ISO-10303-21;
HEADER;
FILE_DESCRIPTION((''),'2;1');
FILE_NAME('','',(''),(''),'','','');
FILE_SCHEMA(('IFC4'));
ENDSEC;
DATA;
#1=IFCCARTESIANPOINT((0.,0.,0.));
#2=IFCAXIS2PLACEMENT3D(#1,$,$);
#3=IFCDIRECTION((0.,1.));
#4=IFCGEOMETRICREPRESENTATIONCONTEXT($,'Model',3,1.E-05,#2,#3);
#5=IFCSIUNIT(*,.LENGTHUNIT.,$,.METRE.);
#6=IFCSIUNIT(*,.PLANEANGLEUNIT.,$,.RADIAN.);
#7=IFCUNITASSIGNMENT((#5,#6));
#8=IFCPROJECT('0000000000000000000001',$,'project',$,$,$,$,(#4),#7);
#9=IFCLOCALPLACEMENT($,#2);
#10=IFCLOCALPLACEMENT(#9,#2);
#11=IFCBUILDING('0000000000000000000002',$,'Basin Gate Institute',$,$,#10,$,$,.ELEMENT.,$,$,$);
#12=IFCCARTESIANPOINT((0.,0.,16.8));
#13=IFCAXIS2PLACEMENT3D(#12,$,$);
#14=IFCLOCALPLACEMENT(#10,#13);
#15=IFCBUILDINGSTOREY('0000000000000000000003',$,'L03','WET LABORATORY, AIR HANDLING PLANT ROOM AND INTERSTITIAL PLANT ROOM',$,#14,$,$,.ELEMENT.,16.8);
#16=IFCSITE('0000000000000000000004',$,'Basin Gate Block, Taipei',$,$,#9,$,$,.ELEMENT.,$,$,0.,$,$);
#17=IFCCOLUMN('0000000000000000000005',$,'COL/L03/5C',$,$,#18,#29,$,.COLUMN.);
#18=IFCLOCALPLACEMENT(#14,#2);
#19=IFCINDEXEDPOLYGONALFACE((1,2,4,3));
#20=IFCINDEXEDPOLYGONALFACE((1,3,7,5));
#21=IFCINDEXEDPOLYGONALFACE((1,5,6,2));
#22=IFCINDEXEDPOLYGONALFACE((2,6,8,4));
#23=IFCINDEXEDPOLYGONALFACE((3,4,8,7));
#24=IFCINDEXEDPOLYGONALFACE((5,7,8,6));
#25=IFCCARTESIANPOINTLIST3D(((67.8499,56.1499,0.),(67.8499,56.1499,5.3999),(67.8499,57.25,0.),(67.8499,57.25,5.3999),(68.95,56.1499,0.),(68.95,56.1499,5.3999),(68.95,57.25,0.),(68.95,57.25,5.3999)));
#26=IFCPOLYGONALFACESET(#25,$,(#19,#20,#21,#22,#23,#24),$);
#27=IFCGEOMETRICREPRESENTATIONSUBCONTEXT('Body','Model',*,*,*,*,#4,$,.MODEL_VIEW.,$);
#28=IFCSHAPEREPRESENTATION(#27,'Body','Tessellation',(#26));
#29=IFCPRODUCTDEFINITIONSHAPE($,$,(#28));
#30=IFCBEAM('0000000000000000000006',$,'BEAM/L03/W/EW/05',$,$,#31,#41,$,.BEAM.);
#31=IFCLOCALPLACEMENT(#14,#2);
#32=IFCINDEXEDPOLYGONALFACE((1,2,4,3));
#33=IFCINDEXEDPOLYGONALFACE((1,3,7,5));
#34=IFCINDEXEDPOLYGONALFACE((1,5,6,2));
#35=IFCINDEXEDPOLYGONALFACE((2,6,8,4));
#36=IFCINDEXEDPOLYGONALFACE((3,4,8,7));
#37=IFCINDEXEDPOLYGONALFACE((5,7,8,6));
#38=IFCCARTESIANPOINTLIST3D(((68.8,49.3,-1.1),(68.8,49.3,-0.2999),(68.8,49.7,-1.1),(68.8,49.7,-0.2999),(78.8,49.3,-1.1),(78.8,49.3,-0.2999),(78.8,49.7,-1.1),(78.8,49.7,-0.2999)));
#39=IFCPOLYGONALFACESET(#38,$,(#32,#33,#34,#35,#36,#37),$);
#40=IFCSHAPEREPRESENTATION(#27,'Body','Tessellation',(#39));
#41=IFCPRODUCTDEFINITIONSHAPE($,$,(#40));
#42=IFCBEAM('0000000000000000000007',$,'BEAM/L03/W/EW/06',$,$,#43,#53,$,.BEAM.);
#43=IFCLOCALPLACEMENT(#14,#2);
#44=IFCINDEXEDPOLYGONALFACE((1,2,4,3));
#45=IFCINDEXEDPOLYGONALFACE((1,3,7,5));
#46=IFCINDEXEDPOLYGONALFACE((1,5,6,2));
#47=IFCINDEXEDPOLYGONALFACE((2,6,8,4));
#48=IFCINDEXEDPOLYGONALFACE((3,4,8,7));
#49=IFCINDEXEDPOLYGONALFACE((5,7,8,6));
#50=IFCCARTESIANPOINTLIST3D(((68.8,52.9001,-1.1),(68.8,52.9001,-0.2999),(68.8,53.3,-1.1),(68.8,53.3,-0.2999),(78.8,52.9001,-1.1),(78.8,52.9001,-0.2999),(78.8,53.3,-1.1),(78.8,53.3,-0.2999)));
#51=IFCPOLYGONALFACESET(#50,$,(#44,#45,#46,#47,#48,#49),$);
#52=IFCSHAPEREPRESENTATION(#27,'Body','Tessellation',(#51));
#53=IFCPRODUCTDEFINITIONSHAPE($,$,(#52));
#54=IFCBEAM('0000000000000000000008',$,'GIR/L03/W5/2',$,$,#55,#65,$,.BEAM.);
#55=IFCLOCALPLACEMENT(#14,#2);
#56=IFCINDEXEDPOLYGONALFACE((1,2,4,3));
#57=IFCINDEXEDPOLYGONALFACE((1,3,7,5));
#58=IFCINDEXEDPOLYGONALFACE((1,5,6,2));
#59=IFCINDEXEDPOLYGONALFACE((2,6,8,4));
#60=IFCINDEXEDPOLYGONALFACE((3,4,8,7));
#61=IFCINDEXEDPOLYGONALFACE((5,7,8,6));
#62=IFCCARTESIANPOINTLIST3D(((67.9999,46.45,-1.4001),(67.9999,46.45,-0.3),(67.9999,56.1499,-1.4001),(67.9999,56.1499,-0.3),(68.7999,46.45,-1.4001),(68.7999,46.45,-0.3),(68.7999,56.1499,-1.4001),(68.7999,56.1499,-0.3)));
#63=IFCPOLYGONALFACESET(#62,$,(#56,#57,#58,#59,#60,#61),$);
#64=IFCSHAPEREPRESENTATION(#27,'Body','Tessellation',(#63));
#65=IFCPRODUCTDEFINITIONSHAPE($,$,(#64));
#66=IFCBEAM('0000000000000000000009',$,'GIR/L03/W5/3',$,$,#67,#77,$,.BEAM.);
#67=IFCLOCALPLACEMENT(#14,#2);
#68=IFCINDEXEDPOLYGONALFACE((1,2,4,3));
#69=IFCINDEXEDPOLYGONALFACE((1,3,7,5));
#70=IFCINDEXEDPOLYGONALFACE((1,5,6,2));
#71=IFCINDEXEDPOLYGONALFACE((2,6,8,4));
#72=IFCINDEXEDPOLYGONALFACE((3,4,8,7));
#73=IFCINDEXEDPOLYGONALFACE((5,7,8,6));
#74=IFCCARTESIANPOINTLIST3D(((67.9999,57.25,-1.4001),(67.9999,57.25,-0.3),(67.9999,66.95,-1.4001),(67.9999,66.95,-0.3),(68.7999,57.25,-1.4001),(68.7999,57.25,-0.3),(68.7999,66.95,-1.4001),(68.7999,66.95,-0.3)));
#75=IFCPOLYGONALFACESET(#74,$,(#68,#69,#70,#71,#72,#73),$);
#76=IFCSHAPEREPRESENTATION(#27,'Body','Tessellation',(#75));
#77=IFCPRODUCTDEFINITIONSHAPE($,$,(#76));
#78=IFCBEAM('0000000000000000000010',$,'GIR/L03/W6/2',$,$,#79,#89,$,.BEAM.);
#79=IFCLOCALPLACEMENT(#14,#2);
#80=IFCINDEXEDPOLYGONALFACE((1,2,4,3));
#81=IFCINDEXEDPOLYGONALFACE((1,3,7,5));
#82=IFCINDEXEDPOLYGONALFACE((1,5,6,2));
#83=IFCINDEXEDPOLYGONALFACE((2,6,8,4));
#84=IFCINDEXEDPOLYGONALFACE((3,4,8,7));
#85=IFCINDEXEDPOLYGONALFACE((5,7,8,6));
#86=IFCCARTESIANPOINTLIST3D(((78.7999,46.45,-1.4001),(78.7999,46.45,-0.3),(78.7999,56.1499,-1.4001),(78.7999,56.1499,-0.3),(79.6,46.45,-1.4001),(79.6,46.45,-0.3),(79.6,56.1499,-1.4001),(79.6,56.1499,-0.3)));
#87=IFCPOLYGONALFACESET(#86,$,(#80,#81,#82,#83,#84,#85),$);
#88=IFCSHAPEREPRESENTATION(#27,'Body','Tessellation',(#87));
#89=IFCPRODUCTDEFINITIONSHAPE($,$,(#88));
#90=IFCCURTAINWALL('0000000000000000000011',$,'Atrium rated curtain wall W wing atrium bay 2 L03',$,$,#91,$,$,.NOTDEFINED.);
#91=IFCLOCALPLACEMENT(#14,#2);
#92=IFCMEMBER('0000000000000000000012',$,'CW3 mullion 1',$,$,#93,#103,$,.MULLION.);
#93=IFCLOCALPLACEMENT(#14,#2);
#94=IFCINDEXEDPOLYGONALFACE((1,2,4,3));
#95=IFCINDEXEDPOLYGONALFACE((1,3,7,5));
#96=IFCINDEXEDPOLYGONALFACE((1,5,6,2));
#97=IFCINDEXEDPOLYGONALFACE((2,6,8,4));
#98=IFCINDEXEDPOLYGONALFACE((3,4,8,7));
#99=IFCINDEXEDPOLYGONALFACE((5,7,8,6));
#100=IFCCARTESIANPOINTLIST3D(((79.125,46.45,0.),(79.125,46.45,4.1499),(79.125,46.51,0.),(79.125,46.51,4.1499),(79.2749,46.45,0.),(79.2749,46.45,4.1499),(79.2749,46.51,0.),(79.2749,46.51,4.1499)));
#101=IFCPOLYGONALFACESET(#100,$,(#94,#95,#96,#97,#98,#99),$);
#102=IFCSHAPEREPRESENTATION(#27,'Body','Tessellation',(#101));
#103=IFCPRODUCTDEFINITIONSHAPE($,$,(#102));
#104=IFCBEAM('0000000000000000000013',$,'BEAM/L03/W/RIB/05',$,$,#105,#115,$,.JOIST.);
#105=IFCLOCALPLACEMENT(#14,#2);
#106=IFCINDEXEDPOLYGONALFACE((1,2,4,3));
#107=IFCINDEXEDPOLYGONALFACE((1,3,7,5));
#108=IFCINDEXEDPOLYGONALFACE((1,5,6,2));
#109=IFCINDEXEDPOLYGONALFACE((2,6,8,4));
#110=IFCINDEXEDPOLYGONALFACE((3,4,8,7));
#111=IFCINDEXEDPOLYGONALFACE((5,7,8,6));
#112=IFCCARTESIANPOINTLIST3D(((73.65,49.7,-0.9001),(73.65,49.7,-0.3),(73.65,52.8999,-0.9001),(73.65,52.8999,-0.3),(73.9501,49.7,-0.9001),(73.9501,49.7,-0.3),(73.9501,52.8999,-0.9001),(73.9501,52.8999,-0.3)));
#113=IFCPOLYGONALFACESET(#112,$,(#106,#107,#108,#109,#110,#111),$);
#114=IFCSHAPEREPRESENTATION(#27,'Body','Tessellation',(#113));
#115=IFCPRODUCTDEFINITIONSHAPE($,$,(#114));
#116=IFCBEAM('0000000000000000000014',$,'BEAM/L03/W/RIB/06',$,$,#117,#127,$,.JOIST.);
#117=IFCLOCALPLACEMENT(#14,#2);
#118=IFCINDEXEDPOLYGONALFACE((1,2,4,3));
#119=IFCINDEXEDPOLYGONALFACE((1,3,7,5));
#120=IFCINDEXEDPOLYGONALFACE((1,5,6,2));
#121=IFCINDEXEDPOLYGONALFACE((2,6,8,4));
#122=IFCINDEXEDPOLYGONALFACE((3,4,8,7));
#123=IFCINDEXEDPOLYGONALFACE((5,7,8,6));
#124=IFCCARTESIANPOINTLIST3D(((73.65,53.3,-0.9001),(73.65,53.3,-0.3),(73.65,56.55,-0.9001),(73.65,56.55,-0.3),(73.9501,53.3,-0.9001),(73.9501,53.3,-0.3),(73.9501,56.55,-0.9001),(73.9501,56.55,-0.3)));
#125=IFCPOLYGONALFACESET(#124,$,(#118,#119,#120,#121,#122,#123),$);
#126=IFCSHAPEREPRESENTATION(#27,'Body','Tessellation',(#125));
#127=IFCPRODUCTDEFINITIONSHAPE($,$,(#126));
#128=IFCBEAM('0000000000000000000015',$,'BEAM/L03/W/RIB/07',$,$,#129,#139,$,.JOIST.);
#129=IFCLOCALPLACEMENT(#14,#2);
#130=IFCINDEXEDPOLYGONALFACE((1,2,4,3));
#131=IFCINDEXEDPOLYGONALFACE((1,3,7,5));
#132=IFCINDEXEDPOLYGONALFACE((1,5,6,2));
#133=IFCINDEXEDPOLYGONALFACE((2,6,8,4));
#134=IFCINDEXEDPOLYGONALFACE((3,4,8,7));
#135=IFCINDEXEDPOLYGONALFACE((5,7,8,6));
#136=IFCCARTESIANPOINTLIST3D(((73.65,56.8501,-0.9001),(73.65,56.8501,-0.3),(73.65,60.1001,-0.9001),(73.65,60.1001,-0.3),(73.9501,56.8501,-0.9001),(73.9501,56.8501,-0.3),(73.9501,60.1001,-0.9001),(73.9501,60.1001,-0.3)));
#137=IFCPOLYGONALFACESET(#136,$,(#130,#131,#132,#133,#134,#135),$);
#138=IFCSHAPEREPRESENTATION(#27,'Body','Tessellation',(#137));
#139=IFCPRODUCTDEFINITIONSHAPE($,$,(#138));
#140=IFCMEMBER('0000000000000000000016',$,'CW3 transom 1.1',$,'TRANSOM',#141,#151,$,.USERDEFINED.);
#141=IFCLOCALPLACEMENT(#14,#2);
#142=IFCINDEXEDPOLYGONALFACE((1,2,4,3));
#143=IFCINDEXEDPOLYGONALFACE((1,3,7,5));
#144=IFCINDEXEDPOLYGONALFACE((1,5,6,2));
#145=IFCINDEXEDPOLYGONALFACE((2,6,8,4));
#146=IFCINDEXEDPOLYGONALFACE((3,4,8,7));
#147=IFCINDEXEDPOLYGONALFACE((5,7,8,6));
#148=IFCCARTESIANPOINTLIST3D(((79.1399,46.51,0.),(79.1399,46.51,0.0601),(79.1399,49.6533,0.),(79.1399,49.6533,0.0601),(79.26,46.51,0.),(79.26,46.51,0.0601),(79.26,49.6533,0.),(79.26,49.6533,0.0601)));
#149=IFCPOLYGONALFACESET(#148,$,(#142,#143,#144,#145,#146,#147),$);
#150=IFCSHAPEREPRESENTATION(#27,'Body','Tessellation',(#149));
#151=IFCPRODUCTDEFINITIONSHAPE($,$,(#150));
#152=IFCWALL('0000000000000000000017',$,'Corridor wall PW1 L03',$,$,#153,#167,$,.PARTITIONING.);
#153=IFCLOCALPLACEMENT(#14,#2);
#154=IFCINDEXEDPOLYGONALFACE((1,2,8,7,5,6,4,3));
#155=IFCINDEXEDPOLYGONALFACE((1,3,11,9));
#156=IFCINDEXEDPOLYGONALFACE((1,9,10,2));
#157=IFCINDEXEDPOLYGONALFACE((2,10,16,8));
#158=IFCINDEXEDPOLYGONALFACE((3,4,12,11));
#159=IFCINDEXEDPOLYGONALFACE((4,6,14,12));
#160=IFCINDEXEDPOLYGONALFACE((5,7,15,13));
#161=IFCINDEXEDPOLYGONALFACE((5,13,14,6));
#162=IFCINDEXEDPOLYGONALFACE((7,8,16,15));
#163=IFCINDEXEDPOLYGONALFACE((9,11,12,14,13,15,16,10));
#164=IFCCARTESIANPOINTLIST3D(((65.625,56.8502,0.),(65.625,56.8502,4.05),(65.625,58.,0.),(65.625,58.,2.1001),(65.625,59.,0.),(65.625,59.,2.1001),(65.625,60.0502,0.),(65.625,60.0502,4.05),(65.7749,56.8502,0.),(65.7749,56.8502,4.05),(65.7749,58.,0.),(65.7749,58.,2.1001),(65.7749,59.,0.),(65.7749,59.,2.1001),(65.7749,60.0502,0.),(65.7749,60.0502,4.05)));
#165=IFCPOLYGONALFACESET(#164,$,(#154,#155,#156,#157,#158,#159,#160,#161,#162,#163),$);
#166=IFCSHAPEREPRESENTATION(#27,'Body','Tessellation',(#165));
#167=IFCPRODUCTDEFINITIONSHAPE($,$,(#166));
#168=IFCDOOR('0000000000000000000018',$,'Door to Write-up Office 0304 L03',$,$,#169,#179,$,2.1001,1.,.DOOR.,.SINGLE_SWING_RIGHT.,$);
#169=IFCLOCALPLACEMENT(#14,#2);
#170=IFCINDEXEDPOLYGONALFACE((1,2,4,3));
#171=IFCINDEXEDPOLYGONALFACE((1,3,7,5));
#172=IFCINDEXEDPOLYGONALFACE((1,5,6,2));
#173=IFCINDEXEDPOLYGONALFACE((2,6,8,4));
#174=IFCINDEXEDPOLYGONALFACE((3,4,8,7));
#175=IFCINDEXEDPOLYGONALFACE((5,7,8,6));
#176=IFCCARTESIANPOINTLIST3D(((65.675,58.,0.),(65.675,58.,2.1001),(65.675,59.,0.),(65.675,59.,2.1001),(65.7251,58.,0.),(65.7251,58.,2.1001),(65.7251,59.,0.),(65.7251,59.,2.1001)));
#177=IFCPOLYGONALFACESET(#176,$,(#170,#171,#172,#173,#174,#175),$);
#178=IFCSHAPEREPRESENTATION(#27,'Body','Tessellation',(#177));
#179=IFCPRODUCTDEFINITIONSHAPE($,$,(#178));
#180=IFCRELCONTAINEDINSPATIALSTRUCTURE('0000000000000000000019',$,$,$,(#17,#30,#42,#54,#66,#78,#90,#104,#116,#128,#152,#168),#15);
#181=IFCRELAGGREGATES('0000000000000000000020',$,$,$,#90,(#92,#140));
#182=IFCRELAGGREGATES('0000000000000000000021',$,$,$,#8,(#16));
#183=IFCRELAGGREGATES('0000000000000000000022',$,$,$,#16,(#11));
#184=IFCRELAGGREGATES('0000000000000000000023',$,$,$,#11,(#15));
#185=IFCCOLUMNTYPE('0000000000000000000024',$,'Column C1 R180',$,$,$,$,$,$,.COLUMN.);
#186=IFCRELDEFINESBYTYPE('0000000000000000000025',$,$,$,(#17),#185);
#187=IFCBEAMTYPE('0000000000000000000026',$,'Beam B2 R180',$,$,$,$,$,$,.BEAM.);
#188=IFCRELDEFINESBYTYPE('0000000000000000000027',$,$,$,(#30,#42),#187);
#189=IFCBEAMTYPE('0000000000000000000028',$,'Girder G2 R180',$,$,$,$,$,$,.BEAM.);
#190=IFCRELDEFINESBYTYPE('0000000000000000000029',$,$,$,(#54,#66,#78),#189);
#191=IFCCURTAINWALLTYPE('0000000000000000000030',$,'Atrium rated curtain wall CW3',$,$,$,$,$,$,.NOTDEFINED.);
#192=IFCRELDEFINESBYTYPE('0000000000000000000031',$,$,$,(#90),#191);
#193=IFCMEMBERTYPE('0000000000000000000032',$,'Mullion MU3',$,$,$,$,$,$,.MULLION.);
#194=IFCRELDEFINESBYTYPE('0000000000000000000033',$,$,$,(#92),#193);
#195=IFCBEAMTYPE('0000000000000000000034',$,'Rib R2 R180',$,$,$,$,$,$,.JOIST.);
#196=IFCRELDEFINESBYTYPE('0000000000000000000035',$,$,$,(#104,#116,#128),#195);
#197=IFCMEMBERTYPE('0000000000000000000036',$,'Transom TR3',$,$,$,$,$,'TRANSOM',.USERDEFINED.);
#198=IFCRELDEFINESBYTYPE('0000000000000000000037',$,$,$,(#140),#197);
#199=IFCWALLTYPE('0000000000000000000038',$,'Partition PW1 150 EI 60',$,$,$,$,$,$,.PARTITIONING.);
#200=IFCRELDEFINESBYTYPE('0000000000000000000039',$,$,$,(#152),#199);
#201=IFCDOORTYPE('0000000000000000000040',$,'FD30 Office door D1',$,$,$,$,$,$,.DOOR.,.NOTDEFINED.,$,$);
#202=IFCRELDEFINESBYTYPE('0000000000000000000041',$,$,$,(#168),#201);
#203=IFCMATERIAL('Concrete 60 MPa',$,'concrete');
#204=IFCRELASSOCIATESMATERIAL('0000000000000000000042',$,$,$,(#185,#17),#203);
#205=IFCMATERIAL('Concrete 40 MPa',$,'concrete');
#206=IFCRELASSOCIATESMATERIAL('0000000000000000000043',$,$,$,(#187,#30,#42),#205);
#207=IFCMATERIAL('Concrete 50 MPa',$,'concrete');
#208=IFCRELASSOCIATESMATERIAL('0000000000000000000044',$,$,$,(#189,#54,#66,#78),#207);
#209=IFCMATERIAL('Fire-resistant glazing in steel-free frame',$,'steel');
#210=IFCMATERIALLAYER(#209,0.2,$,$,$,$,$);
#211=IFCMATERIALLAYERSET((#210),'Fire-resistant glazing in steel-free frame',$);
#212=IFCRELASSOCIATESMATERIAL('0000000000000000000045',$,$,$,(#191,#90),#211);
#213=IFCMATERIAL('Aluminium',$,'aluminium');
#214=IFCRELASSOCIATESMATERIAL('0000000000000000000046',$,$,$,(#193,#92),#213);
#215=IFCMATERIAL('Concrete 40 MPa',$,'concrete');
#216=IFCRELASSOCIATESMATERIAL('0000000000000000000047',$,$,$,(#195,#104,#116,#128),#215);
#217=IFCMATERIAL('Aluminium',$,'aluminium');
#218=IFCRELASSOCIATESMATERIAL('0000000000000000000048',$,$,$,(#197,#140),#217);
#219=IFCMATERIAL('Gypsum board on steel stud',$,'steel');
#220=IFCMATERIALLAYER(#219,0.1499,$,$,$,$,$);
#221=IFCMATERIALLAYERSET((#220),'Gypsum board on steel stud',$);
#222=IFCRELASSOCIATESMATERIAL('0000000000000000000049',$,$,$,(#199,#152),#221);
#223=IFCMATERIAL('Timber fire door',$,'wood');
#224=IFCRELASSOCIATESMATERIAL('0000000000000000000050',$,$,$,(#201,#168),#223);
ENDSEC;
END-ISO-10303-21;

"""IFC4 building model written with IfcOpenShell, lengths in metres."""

from ifc_helpers import new_model, si_unit, direction, frame, frame_2d, origin, origin_2d, place, context, subcontext, project, spatial, rectangle, extrude, material, layer, layer_set, material_profile, profile_set, type_object, element, fill, aggregate, save


model = new_model("IFC4")

# Units and contexts
model_context = context("Model", 3, precision=1e-05, world=origin(), true_north=direction((0.0, 1.0)))
body_context = subcontext(model_context, "Body", "Model", "MODEL_VIEW")
ifc_project = project(units=[si_unit("LENGTHUNIT", "METRE"), si_unit("PLANEANGLEUNIT", "RADIAN")], contexts=[model_context])

# Site, building, storey
site_placement = place(None, origin())
site = spatial("IfcSite", under=ifc_project, at=site_placement, Name="Basin Gate Block, Taipei", CompositionType="ELEMENT", RefElevation=0.0)
building_placement = place(site_placement, origin())
building = spatial("IfcBuilding", under=site, at=building_placement, Name="Basin Gate Institute", CompositionType="ELEMENT")
storey_placement = place(building_placement, frame((0.0, 0.0, 16.8)))
storey = spatial("IfcBuildingStorey", under=building, at=storey_placement, Name="L03", Description="WET LABORATORY, AIR HANDLING PLANT ROOM AND INTERSTITIAL PLANT ROOM", CompositionType="ELEMENT", Elevation=16.8)

# Column
ifc_material_1 = material(Name="Concrete 60 MPa", Category="concrete")
ifc_material_profile_1 = material_profile(ifc_material_1, rectangle(XDim=1.1001, YDim=1.1001, at=origin_2d()), Name="Column C1 1100 x 1100")
ifc_profile_set_1 = profile_set([ifc_material_profile_1], Name="Concrete 60 MPa")
column_type = type_object("IfcColumnType", Name="Column C1 R180", PredefinedType="COLUMN", material=ifc_profile_set_1)
column_placement = place(storey_placement, frame((68.3999, 56.7, 0.0), z_axis=(0.0, 0.0, 1.0), x_axis=(1.0, 0.0, 0.0)))
element("IfcColumn", 1, at=column_placement, inside=storey, type_object=column_type, material=ifc_profile_set_1, Name="COL/L03/5C", PredefinedType="COLUMN", context=body_context, shape_type="SweptSolid", body=[
    extrude(rectangle(XDim=1.1001, YDim=1.1001, at=origin_2d()), origin(), (0.0, 0.0, 1.0), 5.3999),
])

# Beams
ifc_material_2 = material(Name="Concrete 40 MPa", Category="concrete")
ifc_material_profile_2 = material_profile(ifc_material_2, rectangle(XDim=0.3999, YDim=0.8, at=origin_2d()), Name="Beam B2 400 x 800")
ifc_profile_set_2 = profile_set([ifc_material_profile_2], Name="Concrete 40 MPa")
beam_type_1 = type_object("IfcBeamType", Name="Beam B2 R180", PredefinedType="BEAM", material=ifc_profile_set_2)
for number, where, z_axis, x_axis, name in (
    (2, (68.8, 49.5, -0.7), (1.0, 0.0, 0.0), (0.0, 1.0, 0.0), "BEAM/L03/W/EW/05"),
    (3, (68.8, 53.1001, -0.7), (1.0, 0.0, 0.0), (0.0, 1.0, 0.0), "BEAM/L03/W/EW/06"),
):
    element("IfcBeam", number, at=place(storey_placement, frame(where, z_axis=z_axis, x_axis=x_axis)), inside=storey, type_object=beam_type_1, material=ifc_profile_set_2, Name=name, PredefinedType="BEAM", context=body_context, shape_type="SweptSolid", body=[
        extrude(rectangle(XDim=0.3999, YDim=0.8, at=origin_2d()), origin(), (0.0, 0.0, 1.0), 10.0),
    ])
ifc_material_3 = material(Name="Concrete 50 MPa", Category="concrete")
ifc_material_profile_3 = material_profile(ifc_material_3, rectangle(XDim=0.8, YDim=1.1001, at=origin_2d()), Name="Girder G2 800 x 1100")
ifc_profile_set_3 = profile_set([ifc_material_profile_3], Name="Concrete 50 MPa")
beam_type_2 = type_object("IfcBeamType", Name="Girder G2 R180", PredefinedType="BEAM", material=ifc_profile_set_3)
for number, where, z_axis, x_axis, name in (
    (4, (68.3999, 46.45, -0.8501), (0.0, 1.0, 0.0), (-1.0, 0.0, 0.0), "GIR/L03/W5/2"),
    (5, (68.3999, 57.25, -0.8501), (0.0, 1.0, 0.0), (-1.0, 0.0, 0.0), "GIR/L03/W5/3"),
    (6, (79.2, 46.45, -0.8501), (0.0, 1.0, 0.0), (-1.0, 0.0, 0.0), "GIR/L03/W6/2"),
):
    element("IfcBeam", number, at=place(storey_placement, frame(where, z_axis=z_axis, x_axis=x_axis)), inside=storey, type_object=beam_type_2, material=ifc_profile_set_3, Name=name, PredefinedType="BEAM", context=body_context, shape_type="SweptSolid", body=[
        extrude(rectangle(XDim=0.8, YDim=1.1001, at=origin_2d()), origin(), (0.0, 0.0, 1.0), 9.7),
    ])

# Curtain wall, member
ifc_material_4 = material(Name="Fire-resistant glazing in steel-free frame", Category="steel")
ifc_layer_1 = layer(ifc_material_4, 0.2)
ifc_layer_set_1 = layer_set([ifc_layer_1], Name="Fire-resistant glazing in steel-free frame")
curtain_wall_type = type_object("IfcCurtainWallType", Name="Atrium rated curtain wall CW3", PredefinedType="NOTDEFINED", material=ifc_layer_set_1)
curtain_wall_placement = place(storey_placement, origin())
curtain_wall = element("IfcCurtainWall", 7, at=curtain_wall_placement, inside=storey, type_object=curtain_wall_type, material=ifc_layer_set_1, Name="Atrium rated curtain wall W wing atrium bay 2 L03", PredefinedType="NOTDEFINED")
ifc_material_5 = material(Name="Aluminium", Category="aluminium")
ifc_material_profile_4 = material_profile(ifc_material_5, rectangle(XDim=0.1499, YDim=0.0601, at=origin_2d()), Name="Mullion MU3 150 x 60")
ifc_profile_set_4 = profile_set([ifc_material_profile_4], Name="Aluminium")
member_type_1 = type_object("IfcMemberType", Name="Mullion MU3", PredefinedType="MULLION", material=ifc_profile_set_4)
member_1_placement = place(storey_placement, frame((79.2, 46.48, 0.0), z_axis=(0.0, 0.0, 1.0), x_axis=(-1.0, 0.0, 0.0)))
member_1 = element("IfcMember", 8, at=member_1_placement, type_object=member_type_1, material=ifc_profile_set_4, Name="CW3 mullion 1", PredefinedType="MULLION", context=body_context, shape_type="SweptSolid", body=[
    extrude(rectangle(XDim=0.1499, YDim=0.0601, at=origin_2d()), origin(), (0.0, 0.0, 1.0), 4.1499),
])

# Beams
ifc_material_6 = material(Name="Concrete 40 MPa", Category="concrete")
ifc_material_profile_5 = material_profile(ifc_material_6, rectangle(XDim=0.3, YDim=0.6001, at=origin_2d()), Name="Rib R2 300 x 600")
ifc_profile_set_5 = profile_set([ifc_material_profile_5], Name="Concrete 40 MPa")
beam_type_3 = type_object("IfcBeamType", Name="Rib R2 R180", PredefinedType="JOIST", material=ifc_profile_set_5)
beam_placement = place(storey_placement, frame((73.8, 49.7, -0.6001), z_axis=(0.0, 1.0, 0.0), x_axis=(-1.0, 0.0, 0.0)))
element("IfcBeam", 9, at=beam_placement, inside=storey, type_object=beam_type_3, material=ifc_profile_set_5, Name="BEAM/L03/W/RIB/05", PredefinedType="JOIST", context=body_context, shape_type="SweptSolid", body=[
    extrude(rectangle(XDim=0.3, YDim=0.6001, at=origin_2d()), origin(), (0.0, 0.0, 1.0), 3.2),
])
for number, where, z_axis, x_axis, name in (
    (10, (73.8, 53.3, -0.6001), (0.0, 1.0, 0.0), (-1.0, 0.0, 0.0), "BEAM/L03/W/RIB/06"),
    (11, (73.8, 56.8501, -0.6001), (0.0, 1.0, 0.0), (-1.0, 0.0, 0.0), "BEAM/L03/W/RIB/07"),
):
    element("IfcBeam", number, at=place(storey_placement, frame(where, z_axis=z_axis, x_axis=x_axis)), inside=storey, type_object=beam_type_3, material=ifc_profile_set_5, Name=name, PredefinedType="JOIST", context=body_context, shape_type="SweptSolid", body=[
        extrude(rectangle(XDim=0.3, YDim=0.6001, at=origin_2d()), origin(), (0.0, 0.0, 1.0), 3.25),
    ])

# Member
ifc_material_7 = material(Name="Aluminium", Category="aluminium")
ifc_material_profile_6 = material_profile(ifc_material_7, rectangle(XDim=0.1201, YDim=0.0601, at=origin_2d()), Name="Transom TR3 120 x 60")
ifc_profile_set_6 = profile_set([ifc_material_profile_6], Name="Aluminium")
member_type_2 = type_object("IfcMemberType", Name="Transom TR3", ElementType="TRANSOM", PredefinedType="USERDEFINED", material=ifc_profile_set_6)
member_2_placement = place(storey_placement, frame((79.2, 46.51, 0.03), z_axis=(0.0, 1.0, 0.0), x_axis=(-1.0, 0.0, 0.0)))
member_2 = element("IfcMember", 12, at=member_2_placement, type_object=member_type_2, material=ifc_profile_set_6, Name="CW3 transom 1.1", ObjectType="TRANSOM", PredefinedType="USERDEFINED", context=body_context, shape_type="SweptSolid", body=[
    extrude(rectangle(XDim=0.1201, YDim=0.0601, at=origin_2d()), origin(), (0.0, 0.0, 1.0), 3.1433),
])
aggregate(curtain_wall, [member_1, member_2])

# Wall, opening, door
ifc_material_8 = material(Name="Gypsum board on steel stud", Category="steel")
ifc_layer_2 = layer(ifc_material_8, 0.1499)
ifc_layer_set_2 = layer_set([ifc_layer_2], Name="Gypsum board on steel stud")
wall_type_1 = type_object("IfcWallType", Name="Partition PW1 150 EI 60", PredefinedType="PARTITIONING", material=ifc_layer_set_2)
wall_1_placement = place(storey_placement, frame((65.7, 56.8501, 0.0), z_axis=(0.0, 0.0, 1.0), x_axis=(0.0, 1.0, 0.0)))
wall_1 = element("IfcWall", 13, at=wall_1_placement, inside=storey, type_object=wall_type_1, material=ifc_layer_set_2, Name="Corridor wall PW1 L03", PredefinedType="PARTITIONING", context=body_context, shape_type="SweptSolid", body=[
    extrude(rectangle(XDim=3.2, YDim=0.1499, at=frame_2d((1.6001, 0.0))), origin(), (0.0, 0.0, 1.0), 4.05),
])
opening_1_placement = place(wall_1_placement, frame((1.1499, 0.0, 0.0)))
opening_1 = element("IfcOpeningElement", 14, at=opening_1_placement, cuts=wall_1, PredefinedType="OPENING", context=body_context, shape_type="SweptSolid", body=[
    extrude(rectangle(XDim=1.0, YDim=2.1001, at=frame_2d((0.5, 1.05))), frame((0.0, 0.085, 0.0), z_axis=(0.0, -1.0, 0.0), x_axis=(1.0, 0.0, 0.0)), (0.0, 0.0, 1.0), 0.1699),
])
ifc_material_9 = material(Name="Timber fire door", Category="wood")
door_type_1 = type_object("IfcDoorType", Name="FD30 Office door D1", OperationType="NOTDEFINED", PredefinedType="DOOR", material=ifc_material_9)
door_1_placement = place(opening_1_placement, origin())
door_1 = element("IfcDoor", 15, at=door_1_placement, inside=storey, type_object=door_type_1, material=ifc_material_9, Name="Door to Write-up Office 0304 L03", OperationType="SINGLE_SWING_RIGHT", OverallHeight=2.1001, OverallWidth=1.0, PredefinedType="DOOR", context=body_context, shape_type="SweptSolid", body=[
    extrude(rectangle(XDim=1.0, YDim=2.1001, at=frame_2d((0.5, 1.05))), frame((0.0, 0.0249, 0.0), z_axis=(0.0, -1.0, 0.0), x_axis=(1.0, 0.0, 0.0)), (0.0, 0.0, 1.0), 0.05),
])
fill(opening_1, door_1)

save(model, "model.ifc")
